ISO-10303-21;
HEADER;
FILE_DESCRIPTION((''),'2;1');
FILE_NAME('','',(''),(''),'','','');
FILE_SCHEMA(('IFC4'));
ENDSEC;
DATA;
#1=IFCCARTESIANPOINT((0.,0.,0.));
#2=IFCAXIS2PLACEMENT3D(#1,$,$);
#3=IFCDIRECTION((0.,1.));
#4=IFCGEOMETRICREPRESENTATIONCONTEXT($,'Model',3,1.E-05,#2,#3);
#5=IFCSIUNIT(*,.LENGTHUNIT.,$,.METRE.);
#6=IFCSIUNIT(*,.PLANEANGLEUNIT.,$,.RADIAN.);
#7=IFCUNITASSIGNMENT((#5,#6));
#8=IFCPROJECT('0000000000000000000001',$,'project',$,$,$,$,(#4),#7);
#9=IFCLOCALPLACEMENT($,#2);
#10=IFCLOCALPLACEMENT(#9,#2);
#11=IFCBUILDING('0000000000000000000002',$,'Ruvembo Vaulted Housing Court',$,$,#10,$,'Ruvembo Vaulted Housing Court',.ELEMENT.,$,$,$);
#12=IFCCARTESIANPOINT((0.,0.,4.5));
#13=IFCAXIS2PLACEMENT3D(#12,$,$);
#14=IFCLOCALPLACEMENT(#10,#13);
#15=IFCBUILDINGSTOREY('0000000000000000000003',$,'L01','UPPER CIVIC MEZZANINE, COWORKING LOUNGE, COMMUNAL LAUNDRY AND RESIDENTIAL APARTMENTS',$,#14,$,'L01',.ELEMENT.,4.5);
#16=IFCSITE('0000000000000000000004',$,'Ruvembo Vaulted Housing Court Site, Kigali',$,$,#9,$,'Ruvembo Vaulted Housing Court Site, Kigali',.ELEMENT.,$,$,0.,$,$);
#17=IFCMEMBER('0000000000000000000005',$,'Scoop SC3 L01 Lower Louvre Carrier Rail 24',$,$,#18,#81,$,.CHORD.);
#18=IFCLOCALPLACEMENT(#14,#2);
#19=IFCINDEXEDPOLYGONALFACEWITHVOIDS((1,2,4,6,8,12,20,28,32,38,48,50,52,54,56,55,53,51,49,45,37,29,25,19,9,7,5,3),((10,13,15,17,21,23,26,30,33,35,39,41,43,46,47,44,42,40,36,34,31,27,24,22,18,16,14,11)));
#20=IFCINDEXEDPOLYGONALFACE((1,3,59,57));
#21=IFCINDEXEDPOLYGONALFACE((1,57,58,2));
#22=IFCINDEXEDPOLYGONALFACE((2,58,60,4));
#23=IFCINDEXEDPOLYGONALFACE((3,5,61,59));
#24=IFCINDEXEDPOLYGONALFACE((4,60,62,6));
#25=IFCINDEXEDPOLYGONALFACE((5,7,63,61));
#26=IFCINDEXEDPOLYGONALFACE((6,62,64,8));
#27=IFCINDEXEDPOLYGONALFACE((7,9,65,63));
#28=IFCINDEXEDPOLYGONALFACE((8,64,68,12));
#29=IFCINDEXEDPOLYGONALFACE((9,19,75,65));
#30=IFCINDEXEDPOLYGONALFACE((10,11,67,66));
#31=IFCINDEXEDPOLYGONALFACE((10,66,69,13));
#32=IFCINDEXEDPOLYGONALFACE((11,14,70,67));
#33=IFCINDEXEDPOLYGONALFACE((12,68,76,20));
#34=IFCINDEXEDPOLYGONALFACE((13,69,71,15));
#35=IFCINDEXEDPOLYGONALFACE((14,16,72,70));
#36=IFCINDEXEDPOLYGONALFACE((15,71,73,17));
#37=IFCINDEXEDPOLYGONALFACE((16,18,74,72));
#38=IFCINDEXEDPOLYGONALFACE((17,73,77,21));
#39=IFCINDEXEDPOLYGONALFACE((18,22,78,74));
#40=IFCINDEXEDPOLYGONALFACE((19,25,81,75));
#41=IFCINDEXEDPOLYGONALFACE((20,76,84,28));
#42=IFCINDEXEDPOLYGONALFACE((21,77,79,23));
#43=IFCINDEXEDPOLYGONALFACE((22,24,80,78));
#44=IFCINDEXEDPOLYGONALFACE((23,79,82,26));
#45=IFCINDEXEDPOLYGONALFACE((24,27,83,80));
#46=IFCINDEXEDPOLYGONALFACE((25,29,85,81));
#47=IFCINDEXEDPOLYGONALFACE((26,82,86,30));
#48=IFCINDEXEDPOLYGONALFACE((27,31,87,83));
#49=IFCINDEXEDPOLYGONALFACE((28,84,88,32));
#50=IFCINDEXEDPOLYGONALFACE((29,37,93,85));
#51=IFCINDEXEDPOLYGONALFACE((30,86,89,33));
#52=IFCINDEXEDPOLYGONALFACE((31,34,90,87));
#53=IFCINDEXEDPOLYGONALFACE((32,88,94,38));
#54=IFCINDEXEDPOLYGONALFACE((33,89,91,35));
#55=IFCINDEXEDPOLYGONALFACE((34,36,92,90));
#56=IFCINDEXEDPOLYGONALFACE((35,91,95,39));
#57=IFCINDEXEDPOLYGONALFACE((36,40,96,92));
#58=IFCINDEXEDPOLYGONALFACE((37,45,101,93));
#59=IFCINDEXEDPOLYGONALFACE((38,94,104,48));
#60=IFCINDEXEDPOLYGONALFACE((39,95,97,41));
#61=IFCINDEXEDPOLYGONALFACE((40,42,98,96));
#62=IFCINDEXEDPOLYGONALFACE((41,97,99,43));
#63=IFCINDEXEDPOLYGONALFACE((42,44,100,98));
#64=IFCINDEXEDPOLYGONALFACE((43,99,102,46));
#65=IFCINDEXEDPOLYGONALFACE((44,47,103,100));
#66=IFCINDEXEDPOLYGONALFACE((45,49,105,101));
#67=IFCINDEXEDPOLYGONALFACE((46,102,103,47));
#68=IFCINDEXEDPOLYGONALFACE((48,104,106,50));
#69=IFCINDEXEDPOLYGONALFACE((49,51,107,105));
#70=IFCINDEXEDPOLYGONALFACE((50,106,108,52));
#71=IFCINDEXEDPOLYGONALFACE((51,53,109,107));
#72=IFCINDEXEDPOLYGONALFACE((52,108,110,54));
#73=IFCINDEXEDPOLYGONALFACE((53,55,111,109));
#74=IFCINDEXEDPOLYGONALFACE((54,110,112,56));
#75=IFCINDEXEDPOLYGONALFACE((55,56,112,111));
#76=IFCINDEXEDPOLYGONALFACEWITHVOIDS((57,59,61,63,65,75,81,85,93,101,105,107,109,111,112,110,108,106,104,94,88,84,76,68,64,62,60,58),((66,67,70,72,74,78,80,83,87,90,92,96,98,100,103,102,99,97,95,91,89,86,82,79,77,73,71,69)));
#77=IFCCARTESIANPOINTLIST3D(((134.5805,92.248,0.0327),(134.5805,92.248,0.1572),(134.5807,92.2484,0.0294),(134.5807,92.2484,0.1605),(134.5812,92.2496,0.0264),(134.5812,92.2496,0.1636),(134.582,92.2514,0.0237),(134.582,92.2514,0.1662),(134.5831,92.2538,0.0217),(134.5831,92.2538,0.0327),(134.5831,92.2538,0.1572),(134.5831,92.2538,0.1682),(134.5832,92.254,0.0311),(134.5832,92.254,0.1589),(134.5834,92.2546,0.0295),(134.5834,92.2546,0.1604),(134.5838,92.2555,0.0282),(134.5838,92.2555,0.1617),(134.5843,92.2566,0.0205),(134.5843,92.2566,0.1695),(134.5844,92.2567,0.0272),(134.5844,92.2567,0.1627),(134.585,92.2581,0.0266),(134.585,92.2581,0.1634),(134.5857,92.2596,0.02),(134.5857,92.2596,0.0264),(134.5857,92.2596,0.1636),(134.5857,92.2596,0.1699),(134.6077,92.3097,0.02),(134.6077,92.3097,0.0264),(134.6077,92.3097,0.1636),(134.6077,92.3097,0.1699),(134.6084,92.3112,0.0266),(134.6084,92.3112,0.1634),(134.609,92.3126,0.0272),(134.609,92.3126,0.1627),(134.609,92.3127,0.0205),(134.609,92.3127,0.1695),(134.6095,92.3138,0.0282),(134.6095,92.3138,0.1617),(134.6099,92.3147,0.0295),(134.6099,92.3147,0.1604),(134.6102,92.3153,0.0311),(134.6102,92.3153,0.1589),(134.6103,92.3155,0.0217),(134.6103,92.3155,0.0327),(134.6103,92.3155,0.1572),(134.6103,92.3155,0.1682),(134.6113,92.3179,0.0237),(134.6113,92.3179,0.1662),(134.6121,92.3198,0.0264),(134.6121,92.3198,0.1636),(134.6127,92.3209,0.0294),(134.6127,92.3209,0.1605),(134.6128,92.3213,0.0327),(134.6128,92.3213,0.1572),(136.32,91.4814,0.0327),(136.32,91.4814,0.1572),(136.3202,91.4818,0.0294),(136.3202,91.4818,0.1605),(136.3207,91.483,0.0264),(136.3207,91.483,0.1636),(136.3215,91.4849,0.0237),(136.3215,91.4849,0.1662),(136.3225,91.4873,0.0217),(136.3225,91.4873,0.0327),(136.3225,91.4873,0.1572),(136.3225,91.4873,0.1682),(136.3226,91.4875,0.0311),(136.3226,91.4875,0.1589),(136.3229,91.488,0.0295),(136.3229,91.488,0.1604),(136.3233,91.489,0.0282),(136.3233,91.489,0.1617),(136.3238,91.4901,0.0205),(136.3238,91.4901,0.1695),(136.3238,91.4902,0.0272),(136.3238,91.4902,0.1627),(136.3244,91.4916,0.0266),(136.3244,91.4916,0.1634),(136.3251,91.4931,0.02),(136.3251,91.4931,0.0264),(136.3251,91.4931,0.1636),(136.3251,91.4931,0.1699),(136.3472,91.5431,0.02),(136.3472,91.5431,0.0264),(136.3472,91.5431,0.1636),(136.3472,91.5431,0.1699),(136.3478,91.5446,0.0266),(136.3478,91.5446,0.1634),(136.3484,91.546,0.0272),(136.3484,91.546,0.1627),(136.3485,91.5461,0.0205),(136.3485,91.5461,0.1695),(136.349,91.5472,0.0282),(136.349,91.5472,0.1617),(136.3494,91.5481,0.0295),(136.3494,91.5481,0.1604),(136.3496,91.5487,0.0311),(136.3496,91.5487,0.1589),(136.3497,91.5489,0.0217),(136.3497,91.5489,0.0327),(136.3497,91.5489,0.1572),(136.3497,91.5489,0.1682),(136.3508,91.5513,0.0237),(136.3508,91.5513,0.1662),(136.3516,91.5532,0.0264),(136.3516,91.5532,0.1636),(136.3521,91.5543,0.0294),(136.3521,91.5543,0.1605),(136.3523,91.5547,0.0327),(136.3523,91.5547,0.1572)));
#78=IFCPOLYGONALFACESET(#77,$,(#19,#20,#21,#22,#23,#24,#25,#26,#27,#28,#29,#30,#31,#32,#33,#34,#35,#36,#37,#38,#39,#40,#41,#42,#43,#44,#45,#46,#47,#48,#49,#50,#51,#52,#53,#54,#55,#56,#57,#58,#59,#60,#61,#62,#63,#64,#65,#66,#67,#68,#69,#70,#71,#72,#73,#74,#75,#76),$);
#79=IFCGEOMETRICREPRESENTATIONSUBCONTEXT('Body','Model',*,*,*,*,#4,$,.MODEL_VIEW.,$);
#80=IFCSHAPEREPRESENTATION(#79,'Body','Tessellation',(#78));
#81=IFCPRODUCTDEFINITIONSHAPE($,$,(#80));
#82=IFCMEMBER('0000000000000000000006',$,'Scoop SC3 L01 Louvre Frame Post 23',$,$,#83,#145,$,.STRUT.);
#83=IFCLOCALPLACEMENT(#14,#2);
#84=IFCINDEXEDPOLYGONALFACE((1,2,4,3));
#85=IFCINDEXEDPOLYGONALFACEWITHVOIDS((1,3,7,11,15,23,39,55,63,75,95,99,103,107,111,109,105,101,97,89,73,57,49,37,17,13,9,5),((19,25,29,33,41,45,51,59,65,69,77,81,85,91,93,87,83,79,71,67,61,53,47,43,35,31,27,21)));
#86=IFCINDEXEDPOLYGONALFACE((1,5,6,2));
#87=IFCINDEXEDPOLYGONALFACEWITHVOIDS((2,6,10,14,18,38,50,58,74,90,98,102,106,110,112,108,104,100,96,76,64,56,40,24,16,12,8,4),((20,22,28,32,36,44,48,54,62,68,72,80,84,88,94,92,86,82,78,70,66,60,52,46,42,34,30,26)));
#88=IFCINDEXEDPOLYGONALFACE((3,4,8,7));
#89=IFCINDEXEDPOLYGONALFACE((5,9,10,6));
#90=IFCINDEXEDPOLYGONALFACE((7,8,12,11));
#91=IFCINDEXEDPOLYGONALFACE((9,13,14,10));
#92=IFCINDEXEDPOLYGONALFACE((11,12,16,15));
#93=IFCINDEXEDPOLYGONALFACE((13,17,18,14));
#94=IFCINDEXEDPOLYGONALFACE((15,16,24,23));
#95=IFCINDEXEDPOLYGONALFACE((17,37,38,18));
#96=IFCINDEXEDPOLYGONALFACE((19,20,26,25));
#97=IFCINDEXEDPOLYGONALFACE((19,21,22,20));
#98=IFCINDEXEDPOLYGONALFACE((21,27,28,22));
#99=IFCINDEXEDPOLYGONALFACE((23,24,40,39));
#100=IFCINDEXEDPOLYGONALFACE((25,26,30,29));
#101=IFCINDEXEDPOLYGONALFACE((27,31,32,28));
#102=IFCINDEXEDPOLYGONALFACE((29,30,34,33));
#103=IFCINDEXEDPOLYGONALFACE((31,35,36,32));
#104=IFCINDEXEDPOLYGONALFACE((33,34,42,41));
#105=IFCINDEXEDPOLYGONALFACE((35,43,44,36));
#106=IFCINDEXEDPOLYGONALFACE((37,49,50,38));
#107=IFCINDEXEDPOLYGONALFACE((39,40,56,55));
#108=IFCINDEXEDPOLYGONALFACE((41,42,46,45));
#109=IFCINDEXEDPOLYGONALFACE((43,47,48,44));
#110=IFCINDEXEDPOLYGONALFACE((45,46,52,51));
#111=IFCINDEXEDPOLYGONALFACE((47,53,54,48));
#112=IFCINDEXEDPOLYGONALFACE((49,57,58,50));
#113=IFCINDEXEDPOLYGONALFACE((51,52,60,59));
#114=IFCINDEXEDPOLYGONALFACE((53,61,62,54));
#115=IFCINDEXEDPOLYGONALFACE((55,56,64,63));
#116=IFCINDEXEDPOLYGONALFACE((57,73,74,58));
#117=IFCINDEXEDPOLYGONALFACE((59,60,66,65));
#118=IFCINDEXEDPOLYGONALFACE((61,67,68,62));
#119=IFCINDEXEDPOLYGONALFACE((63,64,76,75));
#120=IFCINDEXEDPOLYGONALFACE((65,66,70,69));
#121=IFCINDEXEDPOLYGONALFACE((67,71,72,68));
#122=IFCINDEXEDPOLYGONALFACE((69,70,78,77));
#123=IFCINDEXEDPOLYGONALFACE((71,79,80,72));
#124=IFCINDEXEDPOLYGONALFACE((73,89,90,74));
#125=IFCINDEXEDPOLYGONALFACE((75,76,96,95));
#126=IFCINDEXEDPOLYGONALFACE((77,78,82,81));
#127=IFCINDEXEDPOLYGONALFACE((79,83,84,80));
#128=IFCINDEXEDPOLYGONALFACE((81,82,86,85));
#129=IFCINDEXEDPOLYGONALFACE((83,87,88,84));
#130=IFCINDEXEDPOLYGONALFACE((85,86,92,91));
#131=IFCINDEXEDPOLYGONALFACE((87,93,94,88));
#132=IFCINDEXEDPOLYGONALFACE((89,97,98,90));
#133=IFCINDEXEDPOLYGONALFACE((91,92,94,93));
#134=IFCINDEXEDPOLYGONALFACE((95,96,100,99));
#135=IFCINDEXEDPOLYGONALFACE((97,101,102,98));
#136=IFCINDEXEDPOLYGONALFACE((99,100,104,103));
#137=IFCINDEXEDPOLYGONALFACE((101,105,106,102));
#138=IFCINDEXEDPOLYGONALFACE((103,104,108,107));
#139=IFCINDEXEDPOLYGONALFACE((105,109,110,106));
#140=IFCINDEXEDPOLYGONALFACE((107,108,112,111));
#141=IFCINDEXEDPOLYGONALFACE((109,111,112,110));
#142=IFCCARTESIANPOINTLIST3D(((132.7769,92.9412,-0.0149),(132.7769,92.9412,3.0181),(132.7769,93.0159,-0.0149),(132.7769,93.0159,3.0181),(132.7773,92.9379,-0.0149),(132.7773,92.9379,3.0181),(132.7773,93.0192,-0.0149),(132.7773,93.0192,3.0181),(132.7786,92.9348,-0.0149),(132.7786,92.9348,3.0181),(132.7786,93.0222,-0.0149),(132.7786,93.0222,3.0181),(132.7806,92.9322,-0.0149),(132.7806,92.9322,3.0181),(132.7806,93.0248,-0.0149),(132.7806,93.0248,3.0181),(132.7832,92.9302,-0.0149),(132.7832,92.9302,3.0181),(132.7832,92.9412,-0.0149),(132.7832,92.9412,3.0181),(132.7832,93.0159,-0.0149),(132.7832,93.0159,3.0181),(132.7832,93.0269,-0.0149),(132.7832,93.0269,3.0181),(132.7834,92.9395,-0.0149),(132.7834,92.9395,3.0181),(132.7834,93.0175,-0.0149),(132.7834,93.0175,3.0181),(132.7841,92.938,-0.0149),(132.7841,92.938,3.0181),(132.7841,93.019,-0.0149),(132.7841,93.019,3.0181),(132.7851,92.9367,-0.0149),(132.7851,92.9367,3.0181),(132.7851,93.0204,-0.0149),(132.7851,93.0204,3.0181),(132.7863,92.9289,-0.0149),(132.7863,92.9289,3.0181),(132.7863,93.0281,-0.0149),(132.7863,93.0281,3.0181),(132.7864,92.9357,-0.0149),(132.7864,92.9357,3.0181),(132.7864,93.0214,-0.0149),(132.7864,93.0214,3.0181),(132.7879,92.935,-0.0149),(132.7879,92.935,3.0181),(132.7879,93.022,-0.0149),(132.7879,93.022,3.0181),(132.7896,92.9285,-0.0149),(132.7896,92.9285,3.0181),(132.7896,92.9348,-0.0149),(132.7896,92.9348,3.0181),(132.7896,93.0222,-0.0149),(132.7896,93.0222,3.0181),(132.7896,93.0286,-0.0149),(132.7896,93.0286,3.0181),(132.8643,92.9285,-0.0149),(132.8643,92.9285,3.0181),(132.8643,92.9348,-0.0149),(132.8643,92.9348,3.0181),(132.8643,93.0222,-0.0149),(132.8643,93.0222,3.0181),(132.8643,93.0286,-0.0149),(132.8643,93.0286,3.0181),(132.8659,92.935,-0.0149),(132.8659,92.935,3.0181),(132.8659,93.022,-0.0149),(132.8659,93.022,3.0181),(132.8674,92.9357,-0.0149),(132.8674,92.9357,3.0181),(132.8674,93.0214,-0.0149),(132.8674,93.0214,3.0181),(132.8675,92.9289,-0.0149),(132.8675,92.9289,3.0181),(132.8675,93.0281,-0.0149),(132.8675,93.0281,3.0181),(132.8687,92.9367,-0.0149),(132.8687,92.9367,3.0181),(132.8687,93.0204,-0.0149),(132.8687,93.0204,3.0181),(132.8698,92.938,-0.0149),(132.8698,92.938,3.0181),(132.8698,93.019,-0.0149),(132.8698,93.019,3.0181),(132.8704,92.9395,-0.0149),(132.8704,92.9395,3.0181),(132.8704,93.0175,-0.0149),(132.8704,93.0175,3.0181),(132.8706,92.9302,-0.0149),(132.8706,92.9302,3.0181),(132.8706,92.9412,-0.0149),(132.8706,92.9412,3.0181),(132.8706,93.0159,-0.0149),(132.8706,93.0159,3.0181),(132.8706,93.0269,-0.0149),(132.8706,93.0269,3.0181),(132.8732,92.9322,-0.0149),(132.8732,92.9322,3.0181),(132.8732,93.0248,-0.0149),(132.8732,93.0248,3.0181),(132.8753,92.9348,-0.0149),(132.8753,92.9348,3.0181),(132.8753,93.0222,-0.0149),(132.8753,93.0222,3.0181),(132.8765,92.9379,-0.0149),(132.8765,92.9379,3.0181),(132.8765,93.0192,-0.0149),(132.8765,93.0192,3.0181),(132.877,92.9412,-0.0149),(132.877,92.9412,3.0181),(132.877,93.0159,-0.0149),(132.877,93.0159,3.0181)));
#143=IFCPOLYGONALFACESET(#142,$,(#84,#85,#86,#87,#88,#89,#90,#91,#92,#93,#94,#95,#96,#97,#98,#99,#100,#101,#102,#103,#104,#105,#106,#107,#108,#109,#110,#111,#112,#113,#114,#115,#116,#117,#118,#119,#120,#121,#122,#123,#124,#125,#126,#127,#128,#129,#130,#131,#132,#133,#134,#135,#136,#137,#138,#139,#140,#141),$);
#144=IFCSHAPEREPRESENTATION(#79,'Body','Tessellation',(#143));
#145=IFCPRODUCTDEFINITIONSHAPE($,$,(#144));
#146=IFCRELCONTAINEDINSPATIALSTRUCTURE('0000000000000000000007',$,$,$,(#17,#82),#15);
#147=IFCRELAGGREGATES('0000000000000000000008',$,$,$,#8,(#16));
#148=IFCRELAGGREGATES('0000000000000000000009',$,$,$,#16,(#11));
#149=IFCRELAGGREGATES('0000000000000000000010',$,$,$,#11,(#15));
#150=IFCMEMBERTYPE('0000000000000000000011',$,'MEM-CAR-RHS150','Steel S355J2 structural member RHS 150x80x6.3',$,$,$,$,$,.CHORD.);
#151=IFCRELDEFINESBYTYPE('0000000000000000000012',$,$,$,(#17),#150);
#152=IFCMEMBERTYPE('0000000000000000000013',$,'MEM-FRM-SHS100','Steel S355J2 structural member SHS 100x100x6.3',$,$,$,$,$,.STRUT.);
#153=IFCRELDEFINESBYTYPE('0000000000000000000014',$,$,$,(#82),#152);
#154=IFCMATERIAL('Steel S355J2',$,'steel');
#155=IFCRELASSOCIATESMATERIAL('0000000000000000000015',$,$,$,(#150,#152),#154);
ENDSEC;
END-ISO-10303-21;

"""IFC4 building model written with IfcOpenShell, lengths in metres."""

from ifc_helpers import new_model, si_unit, direction, frame, origin, origin_2d, place, context, subcontext, project, spatial, hollow_rectangle, extrude, material, material_profile, profile_set, type_object, element, save


model = new_model("IFC4")

# Units and contexts
model_context = context("Model", 3, precision=1e-05, world=origin(), true_north=direction((0.0, 1.0)))
body_context = subcontext(model_context, "Body", "Model", "MODEL_VIEW")
ifc_project = project(units=[si_unit("LENGTHUNIT", "METRE"), si_unit("PLANEANGLEUNIT", "RADIAN")], contexts=[model_context])

# Site, building, storey
site_placement = place(None, origin())
site = spatial("IfcSite", under=ifc_project, at=site_placement, Name="Ruvembo Vaulted Housing Court Site, Kigali", LongName="Ruvembo Vaulted Housing Court Site, Kigali", CompositionType="ELEMENT", RefElevation=0.0)
building_placement = place(site_placement, origin())
building = spatial("IfcBuilding", under=site, at=building_placement, Name="Ruvembo Vaulted Housing Court", LongName="Ruvembo Vaulted Housing Court", CompositionType="ELEMENT")
storey_placement = place(building_placement, frame((0.0, 0.0, 4.5)))
storey = spatial("IfcBuildingStorey", under=building, at=storey_placement, Name="L01", Description="UPPER CIVIC MEZZANINE, COWORKING LOUNGE, COMMUNAL LAUNDRY AND RESIDENTIAL APARTMENTS", LongName="L01", CompositionType="ELEMENT", Elevation=4.5)

# Shared definitions
ifc_material_1 = material(Name="Steel S355J2", Category="steel")

# Members
ifc_material_profile_1 = material_profile(ifc_material_1, hollow_rectangle(XDim=0.0801, YDim=0.1499, WallThickness=0.0063, InnerFilletRadius=0.0063, OuterFilletRadius=0.0127, at=origin_2d()), Name="RHS 150x80x6.3")
ifc_profile_set_1 = profile_set([ifc_material_profile_1], Name="Steel S355J2")
member_type_1 = type_object("IfcMemberType", Name="MEM-CAR-RHS150", Description="Steel S355J2 structural member RHS 150x80x6.3", PredefinedType="CHORD", material=ifc_profile_set_1)
for number, where, z_axis, x_axis, name in (
    (1, (134.5967, 92.2847, 0.095), (0.915078, -0.403277, 0.0), (0.403277, 0.915078, 0.0), "Scoop SC3 L01 Lower Louvre Carrier Rail 24"),
):
    element("IfcMember", number, at=place(storey_placement, frame(where, z_axis=z_axis, x_axis=x_axis)), inside=storey, type_object=member_type_1, Name=name, PredefinedType="CHORD", context=body_context, shape_type="SweptSolid", body=[
        extrude(hollow_rectangle(XDim=0.0801, YDim=0.1499, WallThickness=0.0063, InnerFilletRadius=0.0063, OuterFilletRadius=0.0127, at=origin_2d()), origin(), (0.0, 0.0, 1.0), 1.9009),
    ])
ifc_material_profile_2 = material_profile(ifc_material_1, hollow_rectangle(XDim=0.1001, YDim=0.1001, WallThickness=0.0063, InnerFilletRadius=0.0063, OuterFilletRadius=0.0127, at=origin_2d()), Name="SHS 100x100x6.3")
ifc_profile_set_2 = profile_set([ifc_material_profile_2], Name="Steel S355J2")
member_type_2 = type_object("IfcMemberType", Name="MEM-FRM-SHS100", Description="Steel S355J2 structural member SHS 100x100x6.3", PredefinedType="STRUT", material=ifc_profile_set_2)
for number, where, z_axis, x_axis, name in (
    (2, (132.8269, 92.9785, -0.0149), (0.0, 0.0, 1.0), (1.0, 0.0, 0.0), "Scoop SC3 L01 Louvre Frame Post 23"),
):
    element("IfcMember", number, at=place(storey_placement, frame(where, z_axis=z_axis, x_axis=x_axis)), inside=storey, type_object=member_type_2, Name=name, PredefinedType="STRUT", context=body_context, shape_type="SweptSolid", body=[
        extrude(hollow_rectangle(XDim=0.1001, YDim=0.1001, WallThickness=0.0063, InnerFilletRadius=0.0063, OuterFilletRadius=0.0127, at=origin_2d()), origin(), (0.0, 0.0, 1.0), 3.033),
    ])

save(model, "model.ifc")
